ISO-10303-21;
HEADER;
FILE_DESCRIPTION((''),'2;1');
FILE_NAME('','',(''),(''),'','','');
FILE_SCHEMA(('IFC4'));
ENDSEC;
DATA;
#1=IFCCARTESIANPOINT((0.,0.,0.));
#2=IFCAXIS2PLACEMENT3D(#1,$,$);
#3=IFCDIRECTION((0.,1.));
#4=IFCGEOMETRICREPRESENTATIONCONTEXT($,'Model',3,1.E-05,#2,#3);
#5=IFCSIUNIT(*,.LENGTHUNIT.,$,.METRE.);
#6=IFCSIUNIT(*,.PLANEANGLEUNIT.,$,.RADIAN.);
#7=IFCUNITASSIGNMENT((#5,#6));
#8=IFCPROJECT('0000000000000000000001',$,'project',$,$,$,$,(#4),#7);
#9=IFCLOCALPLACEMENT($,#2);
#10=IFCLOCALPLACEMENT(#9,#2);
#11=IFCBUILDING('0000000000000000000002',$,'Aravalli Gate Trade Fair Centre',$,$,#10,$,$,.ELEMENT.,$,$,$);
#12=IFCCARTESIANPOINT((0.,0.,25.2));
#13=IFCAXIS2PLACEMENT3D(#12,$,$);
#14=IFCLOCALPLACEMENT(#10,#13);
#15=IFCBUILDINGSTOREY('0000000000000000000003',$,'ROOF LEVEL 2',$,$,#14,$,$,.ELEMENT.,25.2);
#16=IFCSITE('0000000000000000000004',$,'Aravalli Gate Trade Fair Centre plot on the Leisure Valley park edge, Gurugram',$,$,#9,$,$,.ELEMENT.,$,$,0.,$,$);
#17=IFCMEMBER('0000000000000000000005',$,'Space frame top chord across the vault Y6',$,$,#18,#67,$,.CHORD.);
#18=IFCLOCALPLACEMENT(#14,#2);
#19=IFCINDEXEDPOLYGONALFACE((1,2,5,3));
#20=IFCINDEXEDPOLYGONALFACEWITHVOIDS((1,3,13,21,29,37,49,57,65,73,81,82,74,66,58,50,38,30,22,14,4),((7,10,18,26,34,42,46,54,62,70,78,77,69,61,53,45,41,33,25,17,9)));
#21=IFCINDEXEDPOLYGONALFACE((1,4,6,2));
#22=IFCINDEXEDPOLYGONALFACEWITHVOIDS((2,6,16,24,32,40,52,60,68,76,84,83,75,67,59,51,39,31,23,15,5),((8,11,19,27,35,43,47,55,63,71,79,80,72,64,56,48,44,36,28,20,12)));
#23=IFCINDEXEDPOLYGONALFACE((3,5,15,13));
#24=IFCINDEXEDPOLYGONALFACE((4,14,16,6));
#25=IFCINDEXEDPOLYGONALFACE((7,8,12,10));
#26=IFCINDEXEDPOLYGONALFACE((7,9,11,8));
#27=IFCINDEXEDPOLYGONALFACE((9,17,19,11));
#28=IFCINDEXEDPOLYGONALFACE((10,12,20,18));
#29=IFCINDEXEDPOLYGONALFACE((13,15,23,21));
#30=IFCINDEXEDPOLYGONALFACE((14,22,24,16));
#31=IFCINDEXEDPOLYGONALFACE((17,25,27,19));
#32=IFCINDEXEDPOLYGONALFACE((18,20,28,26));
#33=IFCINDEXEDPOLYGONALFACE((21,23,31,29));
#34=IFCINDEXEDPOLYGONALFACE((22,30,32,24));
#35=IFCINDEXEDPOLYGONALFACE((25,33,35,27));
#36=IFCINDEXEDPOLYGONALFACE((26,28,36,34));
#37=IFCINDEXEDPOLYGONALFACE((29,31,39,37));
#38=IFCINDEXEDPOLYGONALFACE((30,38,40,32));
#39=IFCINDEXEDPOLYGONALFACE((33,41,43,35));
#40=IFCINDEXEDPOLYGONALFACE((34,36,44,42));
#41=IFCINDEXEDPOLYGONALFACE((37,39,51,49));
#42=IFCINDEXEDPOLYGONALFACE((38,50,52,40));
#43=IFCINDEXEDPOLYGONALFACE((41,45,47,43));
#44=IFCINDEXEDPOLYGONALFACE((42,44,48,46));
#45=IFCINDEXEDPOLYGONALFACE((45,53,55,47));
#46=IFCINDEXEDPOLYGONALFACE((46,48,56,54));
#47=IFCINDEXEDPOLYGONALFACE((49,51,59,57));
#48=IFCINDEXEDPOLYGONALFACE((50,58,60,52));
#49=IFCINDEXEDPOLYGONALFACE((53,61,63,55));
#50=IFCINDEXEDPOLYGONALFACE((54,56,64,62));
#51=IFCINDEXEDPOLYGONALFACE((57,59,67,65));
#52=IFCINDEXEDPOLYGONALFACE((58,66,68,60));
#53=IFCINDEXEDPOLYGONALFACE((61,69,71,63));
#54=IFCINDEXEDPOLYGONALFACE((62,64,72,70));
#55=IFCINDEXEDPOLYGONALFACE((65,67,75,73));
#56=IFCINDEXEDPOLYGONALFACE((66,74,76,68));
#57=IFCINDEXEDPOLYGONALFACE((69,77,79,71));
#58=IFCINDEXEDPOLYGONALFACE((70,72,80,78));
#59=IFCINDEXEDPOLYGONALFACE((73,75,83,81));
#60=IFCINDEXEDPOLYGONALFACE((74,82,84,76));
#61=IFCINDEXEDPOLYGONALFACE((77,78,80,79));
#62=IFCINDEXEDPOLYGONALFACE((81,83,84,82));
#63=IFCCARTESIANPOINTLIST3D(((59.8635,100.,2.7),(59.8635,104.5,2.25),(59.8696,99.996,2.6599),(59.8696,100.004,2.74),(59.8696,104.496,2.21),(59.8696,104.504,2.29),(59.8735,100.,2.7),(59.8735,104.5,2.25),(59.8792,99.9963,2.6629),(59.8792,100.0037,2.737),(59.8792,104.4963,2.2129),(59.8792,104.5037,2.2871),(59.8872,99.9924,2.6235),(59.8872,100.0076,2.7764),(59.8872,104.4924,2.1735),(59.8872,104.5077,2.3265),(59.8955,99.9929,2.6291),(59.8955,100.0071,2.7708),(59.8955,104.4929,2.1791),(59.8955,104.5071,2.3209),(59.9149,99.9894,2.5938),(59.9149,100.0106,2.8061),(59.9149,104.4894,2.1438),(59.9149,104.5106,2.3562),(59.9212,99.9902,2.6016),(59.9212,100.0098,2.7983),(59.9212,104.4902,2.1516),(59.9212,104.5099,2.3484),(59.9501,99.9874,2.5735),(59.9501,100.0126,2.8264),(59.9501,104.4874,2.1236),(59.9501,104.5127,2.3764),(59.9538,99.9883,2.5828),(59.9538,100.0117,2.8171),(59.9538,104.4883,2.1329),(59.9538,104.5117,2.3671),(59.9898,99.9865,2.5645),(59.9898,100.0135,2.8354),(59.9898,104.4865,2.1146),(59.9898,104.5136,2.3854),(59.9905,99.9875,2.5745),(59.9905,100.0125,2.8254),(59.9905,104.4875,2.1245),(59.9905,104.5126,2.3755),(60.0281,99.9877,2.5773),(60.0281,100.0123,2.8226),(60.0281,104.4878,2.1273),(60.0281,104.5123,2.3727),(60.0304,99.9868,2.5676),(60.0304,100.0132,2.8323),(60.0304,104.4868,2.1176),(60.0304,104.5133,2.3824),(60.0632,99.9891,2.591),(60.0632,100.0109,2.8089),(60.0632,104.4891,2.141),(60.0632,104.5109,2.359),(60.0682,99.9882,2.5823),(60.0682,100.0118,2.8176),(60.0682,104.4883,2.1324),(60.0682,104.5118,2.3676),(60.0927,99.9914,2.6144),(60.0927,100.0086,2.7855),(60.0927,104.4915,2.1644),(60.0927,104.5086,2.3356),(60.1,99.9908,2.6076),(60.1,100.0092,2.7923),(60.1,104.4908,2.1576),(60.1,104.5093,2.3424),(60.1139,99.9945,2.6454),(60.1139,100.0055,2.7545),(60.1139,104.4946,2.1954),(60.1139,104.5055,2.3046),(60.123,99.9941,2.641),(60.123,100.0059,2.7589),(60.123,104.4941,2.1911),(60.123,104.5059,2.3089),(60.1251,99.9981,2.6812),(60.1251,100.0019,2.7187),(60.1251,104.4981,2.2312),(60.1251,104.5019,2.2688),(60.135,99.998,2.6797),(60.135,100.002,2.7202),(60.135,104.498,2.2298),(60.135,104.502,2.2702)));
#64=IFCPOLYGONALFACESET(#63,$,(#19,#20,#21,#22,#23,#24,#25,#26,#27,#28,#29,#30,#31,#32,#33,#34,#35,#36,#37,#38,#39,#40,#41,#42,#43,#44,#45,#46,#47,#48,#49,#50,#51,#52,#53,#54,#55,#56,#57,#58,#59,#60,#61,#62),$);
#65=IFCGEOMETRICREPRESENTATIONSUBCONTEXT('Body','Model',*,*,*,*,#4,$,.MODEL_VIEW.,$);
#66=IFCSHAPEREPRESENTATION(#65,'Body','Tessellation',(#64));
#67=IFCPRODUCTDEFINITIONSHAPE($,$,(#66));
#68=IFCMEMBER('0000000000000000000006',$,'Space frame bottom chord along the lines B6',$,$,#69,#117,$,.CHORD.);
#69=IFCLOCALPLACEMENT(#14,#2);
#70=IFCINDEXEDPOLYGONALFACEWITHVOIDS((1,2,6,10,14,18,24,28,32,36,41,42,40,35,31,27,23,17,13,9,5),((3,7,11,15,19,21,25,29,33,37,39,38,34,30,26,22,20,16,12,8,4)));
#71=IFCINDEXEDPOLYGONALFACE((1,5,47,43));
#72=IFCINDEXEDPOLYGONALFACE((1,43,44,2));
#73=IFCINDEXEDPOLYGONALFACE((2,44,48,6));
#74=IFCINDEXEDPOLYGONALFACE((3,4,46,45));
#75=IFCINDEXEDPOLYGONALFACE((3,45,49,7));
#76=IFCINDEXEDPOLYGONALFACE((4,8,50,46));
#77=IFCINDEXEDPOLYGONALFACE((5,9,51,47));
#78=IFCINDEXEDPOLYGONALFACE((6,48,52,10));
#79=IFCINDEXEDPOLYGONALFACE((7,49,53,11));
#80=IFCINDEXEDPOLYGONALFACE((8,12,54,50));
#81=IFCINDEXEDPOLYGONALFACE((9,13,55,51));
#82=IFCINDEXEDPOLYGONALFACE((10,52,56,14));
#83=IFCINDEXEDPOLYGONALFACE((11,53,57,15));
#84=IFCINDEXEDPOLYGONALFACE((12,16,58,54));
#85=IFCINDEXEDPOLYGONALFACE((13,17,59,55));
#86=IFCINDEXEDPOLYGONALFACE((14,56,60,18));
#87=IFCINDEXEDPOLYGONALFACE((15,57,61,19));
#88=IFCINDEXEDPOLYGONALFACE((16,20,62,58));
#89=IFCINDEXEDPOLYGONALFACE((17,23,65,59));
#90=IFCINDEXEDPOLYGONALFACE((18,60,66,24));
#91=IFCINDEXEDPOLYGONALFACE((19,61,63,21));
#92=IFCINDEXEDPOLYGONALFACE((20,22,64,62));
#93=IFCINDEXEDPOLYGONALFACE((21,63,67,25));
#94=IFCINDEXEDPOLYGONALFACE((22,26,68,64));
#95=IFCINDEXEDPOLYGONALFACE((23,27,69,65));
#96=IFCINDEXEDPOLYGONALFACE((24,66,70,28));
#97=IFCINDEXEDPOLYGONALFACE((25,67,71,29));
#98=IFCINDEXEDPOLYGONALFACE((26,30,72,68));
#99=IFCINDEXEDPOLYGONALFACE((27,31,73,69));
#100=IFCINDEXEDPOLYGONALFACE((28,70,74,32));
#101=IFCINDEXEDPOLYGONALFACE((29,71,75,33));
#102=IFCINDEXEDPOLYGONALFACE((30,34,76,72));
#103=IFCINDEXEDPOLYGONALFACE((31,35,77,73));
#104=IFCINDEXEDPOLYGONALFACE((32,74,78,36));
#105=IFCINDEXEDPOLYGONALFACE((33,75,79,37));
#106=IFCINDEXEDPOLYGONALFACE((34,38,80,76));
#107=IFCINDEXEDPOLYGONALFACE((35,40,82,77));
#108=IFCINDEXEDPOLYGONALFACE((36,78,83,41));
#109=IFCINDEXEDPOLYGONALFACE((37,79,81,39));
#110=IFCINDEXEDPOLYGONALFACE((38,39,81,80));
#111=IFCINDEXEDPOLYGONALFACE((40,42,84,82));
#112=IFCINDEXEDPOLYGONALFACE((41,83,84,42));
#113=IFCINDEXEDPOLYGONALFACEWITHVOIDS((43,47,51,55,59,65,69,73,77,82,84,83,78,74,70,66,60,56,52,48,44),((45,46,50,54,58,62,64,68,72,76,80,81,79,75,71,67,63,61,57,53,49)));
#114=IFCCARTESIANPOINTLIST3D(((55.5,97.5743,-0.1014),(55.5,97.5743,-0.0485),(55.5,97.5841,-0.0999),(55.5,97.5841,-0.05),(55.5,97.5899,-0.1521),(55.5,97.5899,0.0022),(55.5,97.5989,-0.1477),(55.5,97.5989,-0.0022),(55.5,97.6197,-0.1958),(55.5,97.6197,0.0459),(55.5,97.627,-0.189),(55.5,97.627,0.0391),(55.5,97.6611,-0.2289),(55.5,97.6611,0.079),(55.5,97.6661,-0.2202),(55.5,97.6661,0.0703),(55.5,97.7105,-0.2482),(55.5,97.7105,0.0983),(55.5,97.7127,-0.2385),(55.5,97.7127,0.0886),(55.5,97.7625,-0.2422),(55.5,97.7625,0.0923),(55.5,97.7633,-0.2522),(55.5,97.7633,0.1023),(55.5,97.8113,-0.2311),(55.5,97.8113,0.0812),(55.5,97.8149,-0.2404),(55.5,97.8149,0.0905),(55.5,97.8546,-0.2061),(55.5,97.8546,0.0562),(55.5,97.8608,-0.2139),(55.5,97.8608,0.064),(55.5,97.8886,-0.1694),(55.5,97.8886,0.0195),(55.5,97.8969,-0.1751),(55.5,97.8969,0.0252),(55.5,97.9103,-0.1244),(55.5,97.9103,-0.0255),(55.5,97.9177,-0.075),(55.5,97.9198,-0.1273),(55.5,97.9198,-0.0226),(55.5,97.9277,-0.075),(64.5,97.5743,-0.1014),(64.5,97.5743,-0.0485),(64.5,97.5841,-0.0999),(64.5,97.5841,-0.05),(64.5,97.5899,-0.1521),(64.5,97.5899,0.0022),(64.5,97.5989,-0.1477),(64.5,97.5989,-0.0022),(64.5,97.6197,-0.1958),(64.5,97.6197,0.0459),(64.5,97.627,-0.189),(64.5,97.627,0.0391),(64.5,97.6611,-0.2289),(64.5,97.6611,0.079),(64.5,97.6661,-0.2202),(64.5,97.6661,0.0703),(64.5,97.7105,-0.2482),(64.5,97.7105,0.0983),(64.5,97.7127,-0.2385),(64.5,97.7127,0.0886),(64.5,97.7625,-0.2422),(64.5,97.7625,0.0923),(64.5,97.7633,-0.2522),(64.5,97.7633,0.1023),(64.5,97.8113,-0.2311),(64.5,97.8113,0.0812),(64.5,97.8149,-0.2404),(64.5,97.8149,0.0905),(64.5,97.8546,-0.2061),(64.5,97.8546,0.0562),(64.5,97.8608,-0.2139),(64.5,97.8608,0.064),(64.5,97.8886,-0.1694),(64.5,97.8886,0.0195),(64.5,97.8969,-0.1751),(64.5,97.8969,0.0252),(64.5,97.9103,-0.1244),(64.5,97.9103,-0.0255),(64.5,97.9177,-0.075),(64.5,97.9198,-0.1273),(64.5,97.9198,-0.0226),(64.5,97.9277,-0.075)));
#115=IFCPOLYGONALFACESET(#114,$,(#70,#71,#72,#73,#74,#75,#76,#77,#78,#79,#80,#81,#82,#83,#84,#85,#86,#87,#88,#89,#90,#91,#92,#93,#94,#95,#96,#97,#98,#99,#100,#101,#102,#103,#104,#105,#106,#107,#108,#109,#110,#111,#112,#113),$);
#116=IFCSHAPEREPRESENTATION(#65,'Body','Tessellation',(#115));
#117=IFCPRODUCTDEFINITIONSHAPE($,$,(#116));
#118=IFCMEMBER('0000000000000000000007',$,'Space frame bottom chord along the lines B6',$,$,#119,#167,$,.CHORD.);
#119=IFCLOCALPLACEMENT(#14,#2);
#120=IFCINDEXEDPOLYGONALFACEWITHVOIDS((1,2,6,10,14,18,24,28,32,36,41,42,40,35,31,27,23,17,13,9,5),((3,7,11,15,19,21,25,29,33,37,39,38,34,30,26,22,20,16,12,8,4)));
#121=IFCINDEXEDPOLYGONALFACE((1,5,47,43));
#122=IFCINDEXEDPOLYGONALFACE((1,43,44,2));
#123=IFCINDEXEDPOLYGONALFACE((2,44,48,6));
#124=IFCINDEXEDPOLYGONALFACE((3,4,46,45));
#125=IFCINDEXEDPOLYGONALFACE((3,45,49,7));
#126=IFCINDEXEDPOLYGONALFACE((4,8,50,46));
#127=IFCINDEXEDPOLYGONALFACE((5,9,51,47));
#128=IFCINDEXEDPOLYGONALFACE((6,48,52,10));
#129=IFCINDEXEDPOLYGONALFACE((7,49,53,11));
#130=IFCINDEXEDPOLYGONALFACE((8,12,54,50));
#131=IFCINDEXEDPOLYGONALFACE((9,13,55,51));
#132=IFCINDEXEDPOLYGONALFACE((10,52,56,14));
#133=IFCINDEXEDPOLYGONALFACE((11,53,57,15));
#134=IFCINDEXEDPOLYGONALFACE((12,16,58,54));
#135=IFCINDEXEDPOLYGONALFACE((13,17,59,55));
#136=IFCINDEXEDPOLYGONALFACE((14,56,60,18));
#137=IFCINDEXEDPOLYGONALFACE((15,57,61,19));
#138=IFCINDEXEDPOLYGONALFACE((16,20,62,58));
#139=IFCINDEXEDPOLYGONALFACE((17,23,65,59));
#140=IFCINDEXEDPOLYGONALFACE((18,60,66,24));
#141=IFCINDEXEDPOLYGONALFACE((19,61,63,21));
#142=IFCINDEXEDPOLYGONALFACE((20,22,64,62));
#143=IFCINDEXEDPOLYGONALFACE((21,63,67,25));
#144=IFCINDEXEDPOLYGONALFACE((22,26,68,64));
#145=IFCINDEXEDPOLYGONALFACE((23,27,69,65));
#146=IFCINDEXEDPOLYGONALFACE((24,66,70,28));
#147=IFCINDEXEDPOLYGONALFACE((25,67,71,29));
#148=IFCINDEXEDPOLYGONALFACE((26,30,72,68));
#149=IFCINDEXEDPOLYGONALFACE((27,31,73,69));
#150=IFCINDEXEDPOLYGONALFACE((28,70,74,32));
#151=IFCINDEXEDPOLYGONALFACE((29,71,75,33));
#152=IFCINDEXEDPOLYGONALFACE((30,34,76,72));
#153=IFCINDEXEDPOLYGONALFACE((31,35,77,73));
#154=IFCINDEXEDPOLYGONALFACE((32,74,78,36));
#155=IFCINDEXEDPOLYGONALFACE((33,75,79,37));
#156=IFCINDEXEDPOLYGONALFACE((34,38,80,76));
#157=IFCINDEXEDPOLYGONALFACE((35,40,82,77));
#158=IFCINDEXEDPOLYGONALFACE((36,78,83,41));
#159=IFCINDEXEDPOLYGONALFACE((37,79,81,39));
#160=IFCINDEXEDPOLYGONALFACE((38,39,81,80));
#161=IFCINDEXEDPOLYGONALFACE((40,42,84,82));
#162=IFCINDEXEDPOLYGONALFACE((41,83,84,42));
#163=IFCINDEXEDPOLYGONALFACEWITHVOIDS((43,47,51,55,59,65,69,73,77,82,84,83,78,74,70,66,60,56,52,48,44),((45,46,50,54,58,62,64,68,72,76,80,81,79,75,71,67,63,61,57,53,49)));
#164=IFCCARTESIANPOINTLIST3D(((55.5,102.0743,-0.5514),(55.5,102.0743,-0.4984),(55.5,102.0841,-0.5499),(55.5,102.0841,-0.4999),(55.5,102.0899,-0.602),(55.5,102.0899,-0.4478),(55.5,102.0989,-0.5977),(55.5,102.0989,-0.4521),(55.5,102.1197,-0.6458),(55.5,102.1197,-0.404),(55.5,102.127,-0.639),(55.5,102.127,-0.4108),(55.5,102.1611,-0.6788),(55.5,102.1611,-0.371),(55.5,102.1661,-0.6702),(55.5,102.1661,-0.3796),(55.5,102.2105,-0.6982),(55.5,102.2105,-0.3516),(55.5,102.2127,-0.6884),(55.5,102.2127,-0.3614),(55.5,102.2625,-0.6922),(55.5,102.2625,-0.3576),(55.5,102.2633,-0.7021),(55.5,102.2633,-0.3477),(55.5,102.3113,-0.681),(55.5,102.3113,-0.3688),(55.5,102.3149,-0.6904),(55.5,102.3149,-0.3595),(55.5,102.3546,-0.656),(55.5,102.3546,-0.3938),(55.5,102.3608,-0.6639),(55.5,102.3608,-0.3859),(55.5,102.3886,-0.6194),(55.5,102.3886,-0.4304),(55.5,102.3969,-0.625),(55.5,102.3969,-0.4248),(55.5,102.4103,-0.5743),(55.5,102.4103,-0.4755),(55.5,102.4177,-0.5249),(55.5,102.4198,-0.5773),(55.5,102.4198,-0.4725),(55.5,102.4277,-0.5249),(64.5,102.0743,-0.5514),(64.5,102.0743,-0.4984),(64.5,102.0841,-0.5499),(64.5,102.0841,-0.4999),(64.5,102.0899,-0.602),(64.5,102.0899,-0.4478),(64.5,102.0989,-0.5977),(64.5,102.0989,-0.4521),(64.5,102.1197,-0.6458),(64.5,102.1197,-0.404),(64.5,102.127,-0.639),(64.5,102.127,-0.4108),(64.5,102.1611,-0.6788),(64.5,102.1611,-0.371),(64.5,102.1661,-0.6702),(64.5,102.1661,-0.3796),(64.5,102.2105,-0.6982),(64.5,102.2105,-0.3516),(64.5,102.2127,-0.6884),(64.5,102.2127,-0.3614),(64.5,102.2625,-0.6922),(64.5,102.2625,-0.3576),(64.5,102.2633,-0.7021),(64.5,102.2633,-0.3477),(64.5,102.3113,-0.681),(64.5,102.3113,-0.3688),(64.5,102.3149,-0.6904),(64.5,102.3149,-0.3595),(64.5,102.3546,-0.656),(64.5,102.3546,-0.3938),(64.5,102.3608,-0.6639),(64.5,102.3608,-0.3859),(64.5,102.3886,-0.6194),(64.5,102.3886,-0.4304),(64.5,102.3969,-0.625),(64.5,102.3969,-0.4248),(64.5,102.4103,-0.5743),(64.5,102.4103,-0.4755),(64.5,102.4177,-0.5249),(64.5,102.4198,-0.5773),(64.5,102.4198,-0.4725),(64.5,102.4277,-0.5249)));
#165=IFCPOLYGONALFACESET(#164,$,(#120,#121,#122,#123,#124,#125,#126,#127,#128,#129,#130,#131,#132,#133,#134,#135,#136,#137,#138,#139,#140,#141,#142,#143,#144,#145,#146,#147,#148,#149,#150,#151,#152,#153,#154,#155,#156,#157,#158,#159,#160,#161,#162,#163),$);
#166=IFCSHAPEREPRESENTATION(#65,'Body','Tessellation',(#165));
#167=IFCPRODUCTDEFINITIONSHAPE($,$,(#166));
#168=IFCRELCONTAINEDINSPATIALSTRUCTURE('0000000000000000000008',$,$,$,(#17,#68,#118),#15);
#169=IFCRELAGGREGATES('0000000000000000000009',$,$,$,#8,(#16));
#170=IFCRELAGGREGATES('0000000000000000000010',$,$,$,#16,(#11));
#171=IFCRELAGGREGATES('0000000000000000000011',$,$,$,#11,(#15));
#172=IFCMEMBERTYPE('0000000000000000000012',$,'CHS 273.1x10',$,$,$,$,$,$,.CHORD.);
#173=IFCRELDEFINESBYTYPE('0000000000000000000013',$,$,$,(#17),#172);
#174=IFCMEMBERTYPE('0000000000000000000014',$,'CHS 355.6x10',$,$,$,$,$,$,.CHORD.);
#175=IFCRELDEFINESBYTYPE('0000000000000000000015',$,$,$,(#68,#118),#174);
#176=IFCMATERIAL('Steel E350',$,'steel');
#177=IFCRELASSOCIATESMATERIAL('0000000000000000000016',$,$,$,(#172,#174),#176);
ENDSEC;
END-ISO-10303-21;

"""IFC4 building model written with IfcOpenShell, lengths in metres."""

from ifc_helpers import new_model, si_unit, direction, frame, origin, origin_2d, place, context, subcontext, project, spatial, hollow_circle, extrude, material, material_profile, profile_set, type_object, element, save


model = new_model("IFC4")

# Units and contexts
model_context = context("Model", 3, precision=1e-05, world=origin(), true_north=direction((0.0, 1.0)))
body_context = subcontext(model_context, "Body", "Model", "MODEL_VIEW")
ifc_project = project(units=[si_unit("LENGTHUNIT", "METRE"), si_unit("PLANEANGLEUNIT", "RADIAN")], contexts=[model_context])

# Site, building, storey
site_placement = place(None, origin())
site = spatial("IfcSite", under=ifc_project, at=site_placement, Name="Aravalli Gate Trade Fair Centre plot on the Leisure Valley park edge, Gurugram", CompositionType="ELEMENT", RefElevation=0.0)
building_placement = place(site_placement, origin())
building = spatial("IfcBuilding", under=site, at=building_placement, Name="Aravalli Gate Trade Fair Centre", CompositionType="ELEMENT")
storey_placement = place(building_placement, frame((0.0, 0.0, 25.2)))
storey = spatial("IfcBuildingStorey", under=building, at=storey_placement, Name="ROOF LEVEL 2", CompositionType="ELEMENT", Elevation=25.2)

# Members
ifc_material_1 = material(Name="Steel E350", Category="steel")
ifc_material_profile_1 = material_profile(ifc_material_1, hollow_circle(Radius=0.1365, WallThickness=0.01, at=origin_2d()), Name="CHS 273.1x10")
ifc_profile_set_1 = profile_set([ifc_material_profile_1], Name="Steel E350")
member_type_1 = type_object("IfcMemberType", Name="CHS 273.1x10", PredefinedType="CHORD", material=ifc_profile_set_1)
member_placement = place(storey_placement, frame((60.0, 100.0, 2.7), z_axis=(0.0, 0.995038, -0.099493), x_axis=(-1.0, 0.0, 0.0)))
element("IfcMember", 1, at=member_placement, inside=storey, type_object=member_type_1, Name="Space frame top chord across the vault Y6", PredefinedType="CHORD", context=body_context, shape_type="SweptSolid", body=[
    extrude(hollow_circle(Radius=0.1365, WallThickness=0.01, at=origin_2d()), origin(), (0.0, 0.0, 1.0), 4.5225),
])
ifc_material_profile_2 = material_profile(ifc_material_1, hollow_circle(Radius=0.1777, WallThickness=0.01, at=origin_2d()), Name="CHS 355.6x10")
ifc_profile_set_2 = profile_set([ifc_material_profile_2], Name="Steel E350")
member_type_2 = type_object("IfcMemberType", Name="CHS 355.6x10", PredefinedType="CHORD", material=ifc_profile_set_2)
for number, where, z_axis, x_axis, name in (
    (2, (55.5, 97.75, -0.075), (1.0, 0.0, 0.0), (0.0, 1.0, 0.0), "Space frame bottom chord along the lines B6"),
    (3, (55.5, 102.25, -0.5249), (1.0, 0.0, 0.0), (0.0, 1.0, 0.0), "Space frame bottom chord along the lines B6"),
):
    element("IfcMember", number, at=place(storey_placement, frame(where, z_axis=z_axis, x_axis=x_axis)), inside=storey, type_object=member_type_2, Name=name, PredefinedType="CHORD", context=body_context, shape_type="SweptSolid", body=[
        extrude(hollow_circle(Radius=0.1777, WallThickness=0.01, at=origin_2d()), origin(), (0.0, 0.0, 1.0), 9.0),
    ])

save(model, "model.ifc")
